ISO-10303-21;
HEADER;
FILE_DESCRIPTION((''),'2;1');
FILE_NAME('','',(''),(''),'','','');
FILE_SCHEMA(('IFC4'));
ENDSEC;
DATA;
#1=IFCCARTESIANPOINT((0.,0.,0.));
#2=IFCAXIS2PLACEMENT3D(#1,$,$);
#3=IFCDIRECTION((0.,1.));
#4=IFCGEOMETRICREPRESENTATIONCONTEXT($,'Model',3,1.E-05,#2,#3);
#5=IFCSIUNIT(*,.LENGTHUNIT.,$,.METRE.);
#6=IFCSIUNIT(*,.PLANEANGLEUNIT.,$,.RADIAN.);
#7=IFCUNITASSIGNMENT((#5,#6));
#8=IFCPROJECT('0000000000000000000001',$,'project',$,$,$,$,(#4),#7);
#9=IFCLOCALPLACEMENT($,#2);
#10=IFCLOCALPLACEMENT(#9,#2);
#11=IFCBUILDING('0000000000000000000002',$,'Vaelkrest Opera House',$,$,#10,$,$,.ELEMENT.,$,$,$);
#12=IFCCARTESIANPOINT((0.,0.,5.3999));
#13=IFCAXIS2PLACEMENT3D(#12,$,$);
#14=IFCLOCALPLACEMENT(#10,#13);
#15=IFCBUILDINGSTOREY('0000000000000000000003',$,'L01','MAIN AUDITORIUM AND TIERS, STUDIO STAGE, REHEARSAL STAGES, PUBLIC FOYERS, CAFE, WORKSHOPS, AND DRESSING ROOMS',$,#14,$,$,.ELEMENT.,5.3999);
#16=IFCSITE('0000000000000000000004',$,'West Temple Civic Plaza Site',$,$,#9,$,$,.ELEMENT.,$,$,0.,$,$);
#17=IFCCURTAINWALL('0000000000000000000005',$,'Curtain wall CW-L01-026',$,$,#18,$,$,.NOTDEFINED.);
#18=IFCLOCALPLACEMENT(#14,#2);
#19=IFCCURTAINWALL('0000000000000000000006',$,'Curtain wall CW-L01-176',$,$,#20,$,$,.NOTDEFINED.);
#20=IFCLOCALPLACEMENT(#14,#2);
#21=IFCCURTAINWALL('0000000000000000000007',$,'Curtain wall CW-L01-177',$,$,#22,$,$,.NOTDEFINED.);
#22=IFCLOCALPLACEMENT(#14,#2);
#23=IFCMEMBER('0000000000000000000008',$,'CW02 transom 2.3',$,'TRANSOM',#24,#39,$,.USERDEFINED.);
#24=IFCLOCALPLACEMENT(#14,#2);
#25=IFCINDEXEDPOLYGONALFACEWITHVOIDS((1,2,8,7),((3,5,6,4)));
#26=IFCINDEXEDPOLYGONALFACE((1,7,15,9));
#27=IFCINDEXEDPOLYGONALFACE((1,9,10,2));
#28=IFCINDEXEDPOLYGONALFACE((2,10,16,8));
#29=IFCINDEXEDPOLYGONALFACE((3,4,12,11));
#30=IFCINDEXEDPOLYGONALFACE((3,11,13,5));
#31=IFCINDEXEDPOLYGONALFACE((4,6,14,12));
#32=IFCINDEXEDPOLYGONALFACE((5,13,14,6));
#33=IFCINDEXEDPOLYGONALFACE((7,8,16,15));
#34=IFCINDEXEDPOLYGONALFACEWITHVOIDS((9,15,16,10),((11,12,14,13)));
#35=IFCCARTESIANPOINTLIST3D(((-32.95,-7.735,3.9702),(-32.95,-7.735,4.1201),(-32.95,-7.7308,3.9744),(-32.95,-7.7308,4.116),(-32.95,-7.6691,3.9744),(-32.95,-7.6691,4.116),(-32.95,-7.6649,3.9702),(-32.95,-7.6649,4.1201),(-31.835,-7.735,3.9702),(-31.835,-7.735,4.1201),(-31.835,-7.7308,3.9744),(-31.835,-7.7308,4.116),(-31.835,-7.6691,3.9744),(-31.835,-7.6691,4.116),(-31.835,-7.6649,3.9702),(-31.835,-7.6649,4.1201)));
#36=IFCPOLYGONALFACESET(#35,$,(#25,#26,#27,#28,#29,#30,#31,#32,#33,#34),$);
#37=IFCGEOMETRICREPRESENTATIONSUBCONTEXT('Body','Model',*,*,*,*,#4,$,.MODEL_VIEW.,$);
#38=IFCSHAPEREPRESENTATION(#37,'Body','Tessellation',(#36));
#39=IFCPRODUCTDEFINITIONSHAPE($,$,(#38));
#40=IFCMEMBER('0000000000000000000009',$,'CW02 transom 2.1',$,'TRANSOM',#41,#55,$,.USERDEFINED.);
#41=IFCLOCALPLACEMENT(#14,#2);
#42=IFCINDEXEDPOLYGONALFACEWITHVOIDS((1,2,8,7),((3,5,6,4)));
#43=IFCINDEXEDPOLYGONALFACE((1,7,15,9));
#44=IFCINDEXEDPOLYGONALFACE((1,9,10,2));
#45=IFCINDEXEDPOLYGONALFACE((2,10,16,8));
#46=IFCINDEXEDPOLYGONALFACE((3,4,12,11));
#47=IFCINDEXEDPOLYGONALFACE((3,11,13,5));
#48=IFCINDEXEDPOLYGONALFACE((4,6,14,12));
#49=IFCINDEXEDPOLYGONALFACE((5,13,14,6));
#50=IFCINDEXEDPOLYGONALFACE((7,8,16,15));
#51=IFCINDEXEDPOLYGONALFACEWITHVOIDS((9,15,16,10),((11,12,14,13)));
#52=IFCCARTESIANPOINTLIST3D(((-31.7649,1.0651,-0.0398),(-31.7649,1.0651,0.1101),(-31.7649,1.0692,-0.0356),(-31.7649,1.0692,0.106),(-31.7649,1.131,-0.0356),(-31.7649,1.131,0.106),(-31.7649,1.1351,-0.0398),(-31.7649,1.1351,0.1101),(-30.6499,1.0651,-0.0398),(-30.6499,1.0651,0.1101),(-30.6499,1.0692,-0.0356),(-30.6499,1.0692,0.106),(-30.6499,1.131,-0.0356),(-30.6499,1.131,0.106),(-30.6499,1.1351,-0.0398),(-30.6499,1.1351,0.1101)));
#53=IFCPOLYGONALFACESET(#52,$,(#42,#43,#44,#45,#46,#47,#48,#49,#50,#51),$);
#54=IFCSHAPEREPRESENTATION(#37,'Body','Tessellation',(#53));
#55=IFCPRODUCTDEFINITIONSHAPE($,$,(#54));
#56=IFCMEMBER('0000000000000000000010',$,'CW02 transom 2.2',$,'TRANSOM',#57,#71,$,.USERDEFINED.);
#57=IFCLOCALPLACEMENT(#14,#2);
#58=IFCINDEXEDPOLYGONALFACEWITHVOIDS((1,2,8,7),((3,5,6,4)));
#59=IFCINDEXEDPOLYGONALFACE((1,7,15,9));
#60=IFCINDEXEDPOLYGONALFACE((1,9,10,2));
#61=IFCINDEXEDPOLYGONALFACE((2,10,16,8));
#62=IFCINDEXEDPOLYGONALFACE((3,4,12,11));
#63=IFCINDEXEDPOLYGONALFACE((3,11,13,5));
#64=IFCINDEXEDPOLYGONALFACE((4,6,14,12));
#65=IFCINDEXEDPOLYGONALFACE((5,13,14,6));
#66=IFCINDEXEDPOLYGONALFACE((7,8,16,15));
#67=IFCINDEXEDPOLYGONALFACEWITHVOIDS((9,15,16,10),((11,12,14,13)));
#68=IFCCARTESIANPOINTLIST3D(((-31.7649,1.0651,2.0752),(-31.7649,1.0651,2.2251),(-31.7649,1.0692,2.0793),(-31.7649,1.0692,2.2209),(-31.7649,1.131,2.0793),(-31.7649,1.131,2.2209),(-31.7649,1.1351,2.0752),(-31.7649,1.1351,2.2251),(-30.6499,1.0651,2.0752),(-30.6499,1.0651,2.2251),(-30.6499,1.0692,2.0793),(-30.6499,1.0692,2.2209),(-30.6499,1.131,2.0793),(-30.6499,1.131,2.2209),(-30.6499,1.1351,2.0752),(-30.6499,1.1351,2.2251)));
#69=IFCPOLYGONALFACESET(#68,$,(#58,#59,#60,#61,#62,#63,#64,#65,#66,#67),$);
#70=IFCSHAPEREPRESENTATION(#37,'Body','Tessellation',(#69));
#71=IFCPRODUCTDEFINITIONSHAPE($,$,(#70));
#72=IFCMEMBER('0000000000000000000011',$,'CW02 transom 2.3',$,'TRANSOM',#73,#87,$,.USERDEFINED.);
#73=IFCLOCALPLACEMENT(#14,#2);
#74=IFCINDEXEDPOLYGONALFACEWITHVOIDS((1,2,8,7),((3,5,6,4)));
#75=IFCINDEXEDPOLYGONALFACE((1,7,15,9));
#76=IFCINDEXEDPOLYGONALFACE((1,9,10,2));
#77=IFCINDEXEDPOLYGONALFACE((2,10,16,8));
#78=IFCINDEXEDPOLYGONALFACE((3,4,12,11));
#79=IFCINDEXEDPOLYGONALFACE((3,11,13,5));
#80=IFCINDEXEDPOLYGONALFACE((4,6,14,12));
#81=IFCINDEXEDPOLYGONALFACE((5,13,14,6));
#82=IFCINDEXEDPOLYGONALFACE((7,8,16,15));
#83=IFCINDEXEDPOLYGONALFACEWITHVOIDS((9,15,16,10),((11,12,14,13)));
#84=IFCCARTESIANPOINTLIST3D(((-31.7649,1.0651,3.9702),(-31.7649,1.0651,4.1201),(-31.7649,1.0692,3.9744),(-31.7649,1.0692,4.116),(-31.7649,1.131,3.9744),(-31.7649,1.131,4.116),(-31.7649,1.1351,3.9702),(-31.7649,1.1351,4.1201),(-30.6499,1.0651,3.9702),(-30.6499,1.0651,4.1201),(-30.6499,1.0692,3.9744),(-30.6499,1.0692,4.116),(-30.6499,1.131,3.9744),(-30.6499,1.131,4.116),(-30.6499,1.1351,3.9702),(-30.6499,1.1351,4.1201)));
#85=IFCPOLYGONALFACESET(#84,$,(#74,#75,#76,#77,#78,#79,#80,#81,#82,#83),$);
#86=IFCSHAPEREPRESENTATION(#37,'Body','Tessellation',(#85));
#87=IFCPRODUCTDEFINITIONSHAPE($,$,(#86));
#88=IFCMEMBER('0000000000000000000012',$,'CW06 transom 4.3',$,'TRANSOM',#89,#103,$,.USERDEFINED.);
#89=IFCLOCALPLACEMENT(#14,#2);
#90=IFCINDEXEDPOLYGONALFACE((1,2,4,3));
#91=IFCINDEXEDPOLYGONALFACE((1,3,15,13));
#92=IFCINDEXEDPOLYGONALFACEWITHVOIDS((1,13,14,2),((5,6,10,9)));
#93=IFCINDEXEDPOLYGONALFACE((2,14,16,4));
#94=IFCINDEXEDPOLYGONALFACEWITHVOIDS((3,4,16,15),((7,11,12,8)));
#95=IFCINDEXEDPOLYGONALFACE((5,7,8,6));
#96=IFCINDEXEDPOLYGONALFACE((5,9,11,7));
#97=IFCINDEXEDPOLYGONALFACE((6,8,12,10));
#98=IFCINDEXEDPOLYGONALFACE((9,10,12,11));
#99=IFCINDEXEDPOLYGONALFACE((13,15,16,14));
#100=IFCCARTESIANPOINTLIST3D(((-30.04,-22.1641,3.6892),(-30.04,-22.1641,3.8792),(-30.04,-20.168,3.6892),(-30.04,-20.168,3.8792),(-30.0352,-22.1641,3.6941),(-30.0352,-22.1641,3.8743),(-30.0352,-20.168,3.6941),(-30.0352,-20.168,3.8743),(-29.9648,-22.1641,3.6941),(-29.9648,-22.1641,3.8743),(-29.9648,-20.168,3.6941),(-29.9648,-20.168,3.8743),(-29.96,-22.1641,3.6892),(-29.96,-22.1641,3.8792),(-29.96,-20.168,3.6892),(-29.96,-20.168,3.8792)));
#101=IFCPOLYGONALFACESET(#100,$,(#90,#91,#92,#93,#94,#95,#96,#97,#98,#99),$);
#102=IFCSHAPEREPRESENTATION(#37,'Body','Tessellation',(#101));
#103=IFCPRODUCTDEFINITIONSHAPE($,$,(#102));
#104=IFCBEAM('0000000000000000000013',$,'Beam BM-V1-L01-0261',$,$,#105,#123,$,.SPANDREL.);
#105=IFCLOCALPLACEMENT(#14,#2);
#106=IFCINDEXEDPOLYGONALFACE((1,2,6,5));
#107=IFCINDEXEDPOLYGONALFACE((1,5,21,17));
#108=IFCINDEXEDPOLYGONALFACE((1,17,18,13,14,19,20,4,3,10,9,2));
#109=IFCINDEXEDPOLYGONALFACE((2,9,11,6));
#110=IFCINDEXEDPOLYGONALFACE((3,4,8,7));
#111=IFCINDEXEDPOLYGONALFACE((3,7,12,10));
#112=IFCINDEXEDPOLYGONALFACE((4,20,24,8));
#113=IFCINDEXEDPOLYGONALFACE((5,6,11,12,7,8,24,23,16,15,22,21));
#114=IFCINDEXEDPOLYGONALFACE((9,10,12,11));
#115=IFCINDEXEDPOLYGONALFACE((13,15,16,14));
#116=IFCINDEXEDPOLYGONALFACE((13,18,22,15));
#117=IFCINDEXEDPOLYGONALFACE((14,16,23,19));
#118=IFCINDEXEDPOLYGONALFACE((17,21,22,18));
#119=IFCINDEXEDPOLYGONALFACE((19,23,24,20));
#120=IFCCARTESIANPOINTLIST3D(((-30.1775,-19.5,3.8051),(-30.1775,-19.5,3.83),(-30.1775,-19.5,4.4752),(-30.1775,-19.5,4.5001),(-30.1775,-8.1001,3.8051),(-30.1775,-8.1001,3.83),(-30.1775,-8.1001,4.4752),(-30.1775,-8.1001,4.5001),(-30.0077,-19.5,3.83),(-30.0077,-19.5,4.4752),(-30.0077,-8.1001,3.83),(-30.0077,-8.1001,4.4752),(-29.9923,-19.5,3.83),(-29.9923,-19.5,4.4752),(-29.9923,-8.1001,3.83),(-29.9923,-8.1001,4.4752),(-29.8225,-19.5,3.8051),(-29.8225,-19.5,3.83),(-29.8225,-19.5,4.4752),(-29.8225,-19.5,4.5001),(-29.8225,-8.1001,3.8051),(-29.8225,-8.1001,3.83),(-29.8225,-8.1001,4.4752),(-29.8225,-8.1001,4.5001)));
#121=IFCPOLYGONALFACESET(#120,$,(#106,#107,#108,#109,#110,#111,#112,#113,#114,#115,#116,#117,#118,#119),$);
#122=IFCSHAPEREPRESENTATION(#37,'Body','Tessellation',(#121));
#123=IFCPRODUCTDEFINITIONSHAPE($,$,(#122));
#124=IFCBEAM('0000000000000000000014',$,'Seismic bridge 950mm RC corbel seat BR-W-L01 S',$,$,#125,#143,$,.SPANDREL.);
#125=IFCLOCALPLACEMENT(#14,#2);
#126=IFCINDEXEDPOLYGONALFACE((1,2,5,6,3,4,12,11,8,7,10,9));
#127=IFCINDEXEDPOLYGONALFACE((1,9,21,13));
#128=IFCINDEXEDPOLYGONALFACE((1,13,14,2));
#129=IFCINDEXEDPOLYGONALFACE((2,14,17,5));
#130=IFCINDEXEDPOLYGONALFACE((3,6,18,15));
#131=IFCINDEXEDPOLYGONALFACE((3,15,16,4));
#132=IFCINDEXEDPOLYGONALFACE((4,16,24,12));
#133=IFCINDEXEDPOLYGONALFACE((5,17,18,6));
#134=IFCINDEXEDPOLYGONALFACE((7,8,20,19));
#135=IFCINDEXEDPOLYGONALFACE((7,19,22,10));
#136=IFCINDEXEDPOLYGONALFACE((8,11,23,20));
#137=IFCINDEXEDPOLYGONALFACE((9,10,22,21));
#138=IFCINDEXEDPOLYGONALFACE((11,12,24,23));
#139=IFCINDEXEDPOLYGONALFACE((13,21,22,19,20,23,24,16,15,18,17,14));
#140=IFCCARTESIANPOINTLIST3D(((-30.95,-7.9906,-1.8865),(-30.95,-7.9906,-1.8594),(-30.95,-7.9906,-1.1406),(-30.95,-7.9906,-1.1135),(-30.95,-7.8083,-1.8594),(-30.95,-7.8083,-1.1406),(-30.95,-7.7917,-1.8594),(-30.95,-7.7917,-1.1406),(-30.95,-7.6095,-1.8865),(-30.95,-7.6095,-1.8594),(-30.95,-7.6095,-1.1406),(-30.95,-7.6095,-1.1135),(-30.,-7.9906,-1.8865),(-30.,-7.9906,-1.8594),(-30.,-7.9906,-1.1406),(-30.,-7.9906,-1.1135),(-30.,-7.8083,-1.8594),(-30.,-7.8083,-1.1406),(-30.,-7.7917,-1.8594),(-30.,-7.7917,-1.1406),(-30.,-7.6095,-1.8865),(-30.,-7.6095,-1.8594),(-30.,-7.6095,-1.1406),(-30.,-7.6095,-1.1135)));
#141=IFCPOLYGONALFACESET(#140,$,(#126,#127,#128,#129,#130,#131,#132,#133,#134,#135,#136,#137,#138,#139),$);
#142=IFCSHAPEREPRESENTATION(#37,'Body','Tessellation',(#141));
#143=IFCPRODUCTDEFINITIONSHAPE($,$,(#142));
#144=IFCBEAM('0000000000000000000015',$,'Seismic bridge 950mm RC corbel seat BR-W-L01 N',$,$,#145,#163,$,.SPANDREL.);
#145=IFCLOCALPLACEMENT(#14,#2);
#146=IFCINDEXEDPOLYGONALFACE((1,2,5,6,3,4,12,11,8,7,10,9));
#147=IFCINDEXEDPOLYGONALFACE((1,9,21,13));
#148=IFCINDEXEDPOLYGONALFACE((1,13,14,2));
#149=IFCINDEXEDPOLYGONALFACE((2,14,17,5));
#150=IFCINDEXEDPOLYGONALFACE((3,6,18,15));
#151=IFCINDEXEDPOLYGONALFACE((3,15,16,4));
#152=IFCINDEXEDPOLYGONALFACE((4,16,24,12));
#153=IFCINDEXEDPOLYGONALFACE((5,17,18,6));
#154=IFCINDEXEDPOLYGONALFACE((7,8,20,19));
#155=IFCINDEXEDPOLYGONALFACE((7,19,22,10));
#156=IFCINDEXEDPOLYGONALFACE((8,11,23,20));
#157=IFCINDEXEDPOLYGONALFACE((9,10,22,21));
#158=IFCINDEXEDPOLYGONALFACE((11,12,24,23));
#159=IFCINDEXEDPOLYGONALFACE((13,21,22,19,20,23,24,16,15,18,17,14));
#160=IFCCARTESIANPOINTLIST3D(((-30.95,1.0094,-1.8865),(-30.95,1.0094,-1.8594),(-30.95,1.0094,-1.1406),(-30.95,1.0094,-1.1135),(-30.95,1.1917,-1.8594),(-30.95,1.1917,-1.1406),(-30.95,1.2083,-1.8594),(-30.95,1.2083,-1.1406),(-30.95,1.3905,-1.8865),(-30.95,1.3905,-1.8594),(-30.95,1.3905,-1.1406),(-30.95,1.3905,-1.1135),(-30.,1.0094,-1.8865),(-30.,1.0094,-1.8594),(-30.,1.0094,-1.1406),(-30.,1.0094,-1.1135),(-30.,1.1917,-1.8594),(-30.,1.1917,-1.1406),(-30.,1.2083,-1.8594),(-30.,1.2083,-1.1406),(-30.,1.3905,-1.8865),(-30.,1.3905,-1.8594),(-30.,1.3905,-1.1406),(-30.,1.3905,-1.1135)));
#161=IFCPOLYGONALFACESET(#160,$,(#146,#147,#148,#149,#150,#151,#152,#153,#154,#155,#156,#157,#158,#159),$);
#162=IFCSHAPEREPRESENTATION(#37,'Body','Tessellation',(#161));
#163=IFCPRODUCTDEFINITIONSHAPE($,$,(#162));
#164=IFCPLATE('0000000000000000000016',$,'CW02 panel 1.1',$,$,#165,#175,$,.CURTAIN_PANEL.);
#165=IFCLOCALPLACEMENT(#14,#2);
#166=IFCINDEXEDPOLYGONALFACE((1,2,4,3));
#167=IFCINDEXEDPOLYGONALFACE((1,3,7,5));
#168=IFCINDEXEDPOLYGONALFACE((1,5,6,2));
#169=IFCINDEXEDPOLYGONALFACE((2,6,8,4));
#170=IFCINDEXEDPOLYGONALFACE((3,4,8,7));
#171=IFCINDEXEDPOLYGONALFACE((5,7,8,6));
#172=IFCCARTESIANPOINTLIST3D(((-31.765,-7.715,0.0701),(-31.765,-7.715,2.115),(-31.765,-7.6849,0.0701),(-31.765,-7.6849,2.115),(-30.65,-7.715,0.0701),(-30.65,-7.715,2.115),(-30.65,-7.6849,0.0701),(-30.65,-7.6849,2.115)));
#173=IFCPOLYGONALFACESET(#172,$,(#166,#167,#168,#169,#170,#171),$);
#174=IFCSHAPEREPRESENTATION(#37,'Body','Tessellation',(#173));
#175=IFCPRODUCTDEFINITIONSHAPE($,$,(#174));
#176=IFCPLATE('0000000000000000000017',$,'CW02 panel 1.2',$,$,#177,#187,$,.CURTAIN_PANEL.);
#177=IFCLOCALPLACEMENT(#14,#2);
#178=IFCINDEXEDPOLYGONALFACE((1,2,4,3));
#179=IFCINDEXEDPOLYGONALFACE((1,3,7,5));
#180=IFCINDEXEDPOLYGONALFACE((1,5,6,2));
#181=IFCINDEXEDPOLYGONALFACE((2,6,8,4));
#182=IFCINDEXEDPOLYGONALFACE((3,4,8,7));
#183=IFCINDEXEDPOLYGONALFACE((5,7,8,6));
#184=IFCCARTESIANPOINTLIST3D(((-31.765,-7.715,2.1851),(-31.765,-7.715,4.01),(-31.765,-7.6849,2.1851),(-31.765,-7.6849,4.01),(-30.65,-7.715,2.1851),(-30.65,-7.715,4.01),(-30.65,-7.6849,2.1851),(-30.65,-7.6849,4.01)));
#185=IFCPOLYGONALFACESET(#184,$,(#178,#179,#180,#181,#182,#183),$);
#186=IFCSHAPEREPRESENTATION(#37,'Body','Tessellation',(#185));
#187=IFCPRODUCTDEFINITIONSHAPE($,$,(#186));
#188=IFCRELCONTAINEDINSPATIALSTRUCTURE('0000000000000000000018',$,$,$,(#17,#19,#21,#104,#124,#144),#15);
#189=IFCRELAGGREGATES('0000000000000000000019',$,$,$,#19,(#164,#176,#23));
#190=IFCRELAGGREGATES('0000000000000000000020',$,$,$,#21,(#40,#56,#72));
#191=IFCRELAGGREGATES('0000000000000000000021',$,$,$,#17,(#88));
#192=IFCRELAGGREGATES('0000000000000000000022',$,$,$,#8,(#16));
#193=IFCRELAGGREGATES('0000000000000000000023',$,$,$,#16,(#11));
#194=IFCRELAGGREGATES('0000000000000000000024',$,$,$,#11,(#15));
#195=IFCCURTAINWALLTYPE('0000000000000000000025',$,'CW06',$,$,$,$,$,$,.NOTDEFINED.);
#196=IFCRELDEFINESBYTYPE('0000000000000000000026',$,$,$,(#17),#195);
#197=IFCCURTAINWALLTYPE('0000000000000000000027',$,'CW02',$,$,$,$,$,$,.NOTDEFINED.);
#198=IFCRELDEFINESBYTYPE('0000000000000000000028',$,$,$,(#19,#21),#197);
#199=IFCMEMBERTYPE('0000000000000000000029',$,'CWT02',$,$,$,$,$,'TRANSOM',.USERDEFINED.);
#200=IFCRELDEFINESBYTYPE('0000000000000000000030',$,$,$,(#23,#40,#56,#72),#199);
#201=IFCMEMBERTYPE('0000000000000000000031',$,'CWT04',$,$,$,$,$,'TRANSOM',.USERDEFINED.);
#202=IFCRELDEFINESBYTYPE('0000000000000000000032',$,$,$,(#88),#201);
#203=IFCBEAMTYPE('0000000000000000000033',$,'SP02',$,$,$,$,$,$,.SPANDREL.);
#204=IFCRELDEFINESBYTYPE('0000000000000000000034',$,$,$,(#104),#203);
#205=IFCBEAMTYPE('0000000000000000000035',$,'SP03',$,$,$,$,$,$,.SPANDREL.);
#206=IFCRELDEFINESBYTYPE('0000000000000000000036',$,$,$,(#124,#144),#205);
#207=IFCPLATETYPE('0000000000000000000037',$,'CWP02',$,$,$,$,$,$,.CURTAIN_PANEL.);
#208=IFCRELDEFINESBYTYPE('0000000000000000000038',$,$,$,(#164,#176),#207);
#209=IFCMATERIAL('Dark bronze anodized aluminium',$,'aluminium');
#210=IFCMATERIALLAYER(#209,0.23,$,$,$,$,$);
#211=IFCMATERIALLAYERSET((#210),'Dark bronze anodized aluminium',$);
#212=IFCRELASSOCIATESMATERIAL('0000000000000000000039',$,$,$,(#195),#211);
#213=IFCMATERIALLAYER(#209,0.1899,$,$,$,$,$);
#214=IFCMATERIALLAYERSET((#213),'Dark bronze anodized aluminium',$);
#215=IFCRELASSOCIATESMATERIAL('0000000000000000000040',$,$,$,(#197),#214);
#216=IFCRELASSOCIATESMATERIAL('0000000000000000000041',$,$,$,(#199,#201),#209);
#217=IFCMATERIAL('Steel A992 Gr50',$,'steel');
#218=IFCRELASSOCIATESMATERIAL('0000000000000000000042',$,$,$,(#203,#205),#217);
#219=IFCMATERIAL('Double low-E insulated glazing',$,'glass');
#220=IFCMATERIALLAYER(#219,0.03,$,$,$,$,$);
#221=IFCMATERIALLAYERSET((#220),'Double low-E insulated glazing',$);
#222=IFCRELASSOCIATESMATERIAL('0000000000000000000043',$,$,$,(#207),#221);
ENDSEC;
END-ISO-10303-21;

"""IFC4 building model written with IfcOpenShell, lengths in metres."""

from ifc_helpers import new_model, si_unit, direction, frame, origin, origin_2d, place, context, subcontext, project, spatial, rectangle, hollow_rectangle, i_section, extrude, material, layer, layer_set, material_profile, profile_set, type_object, element, aggregate, save


model = new_model("IFC4")

# Units and contexts
model_context = context("Model", 3, precision=1e-05, world=origin(), true_north=direction((0.0, 1.0)))
body_context = subcontext(model_context, "Body", "Model", "MODEL_VIEW")
ifc_project = project(units=[si_unit("LENGTHUNIT", "METRE"), si_unit("PLANEANGLEUNIT", "RADIAN")], contexts=[model_context])

# Site, building, storey
site_placement = place(None, origin())
site = spatial("IfcSite", under=ifc_project, at=site_placement, Name="West Temple Civic Plaza Site", CompositionType="ELEMENT", RefElevation=0.0)
building_placement = place(site_placement, origin())
building = spatial("IfcBuilding", under=site, at=building_placement, Name="Vaelkrest Opera House", CompositionType="ELEMENT")
storey_placement = place(building_placement, frame((0.0, 0.0, 5.3999)))
storey = spatial("IfcBuildingStorey", under=building, at=storey_placement, Name="L01", Description="MAIN AUDITORIUM AND TIERS, STUDIO STAGE, REHEARSAL STAGES, PUBLIC FOYERS, CAFE, WORKSHOPS, AND DRESSING ROOMS", CompositionType="ELEMENT", Elevation=5.3999)

# Curtain wall
ifc_material_1 = material(Name="Dark bronze anodized aluminium", Category="aluminium")
ifc_layer_1 = layer(ifc_material_1, 0.23)
ifc_layer_set_1 = layer_set([ifc_layer_1], Name="Dark bronze anodized aluminium")
curtain_wall_type_1 = type_object("IfcCurtainWallType", Name="CW06", PredefinedType="NOTDEFINED", material=ifc_layer_set_1)
curtain_wall_1_placement = place(storey_placement, origin())
curtain_wall_1 = element("IfcCurtainWall", 1, at=curtain_wall_1_placement, inside=storey, type_object=curtain_wall_type_1, Name="Curtain wall CW-L01-026", PredefinedType="NOTDEFINED")

# Curtain walls
ifc_layer_2 = layer(ifc_material_1, 0.1899)
ifc_layer_set_2 = layer_set([ifc_layer_2], Name="Dark bronze anodized aluminium")
curtain_wall_type_2 = type_object("IfcCurtainWallType", Name="CW02", PredefinedType="NOTDEFINED", material=ifc_layer_set_2)
curtain_wall_2_placement = place(storey_placement, origin())
curtain_wall_2 = element("IfcCurtainWall", 2, at=curtain_wall_2_placement, inside=storey, type_object=curtain_wall_type_2, Name="Curtain wall CW-L01-176", PredefinedType="NOTDEFINED")
curtain_wall_3_placement = place(storey_placement, origin())
curtain_wall_3 = element("IfcCurtainWall", 3, at=curtain_wall_3_placement, inside=storey, type_object=curtain_wall_type_2, Name="Curtain wall CW-L01-177", PredefinedType="NOTDEFINED")

# Members
ifc_material_profile_1 = material_profile(ifc_material_1, hollow_rectangle(XDim=0.0701, YDim=0.1499, WallThickness=0.0042, at=origin_2d()), Name="CWT70X150")
ifc_profile_set_1 = profile_set([ifc_material_profile_1], Name="Dark bronze anodized aluminium")
member_type_1 = type_object("IfcMemberType", Name="CWT02", ElementType="TRANSOM", PredefinedType="USERDEFINED", material=ifc_profile_set_1)
member_1_placement = place(storey_placement, frame((-31.835, -7.7, 4.0452), z_axis=(-1.0, 0.0, 0.0), x_axis=(0.0, -1.0, 0.0)))
member_1 = element("IfcMember", 4, at=member_1_placement, type_object=member_type_1, Name="CW02 transom 2.3", ObjectType="TRANSOM", PredefinedType="USERDEFINED", context=body_context, shape_type="SweptSolid", body=[
    extrude(hollow_rectangle(XDim=0.0701, YDim=0.1499, WallThickness=0.0042, at=origin_2d()), origin(), (0.0, 0.0, 1.0), 1.115),
])
member_2_placement = place(storey_placement, frame((-31.7649, 1.1001, 0.0352), z_axis=(1.0, 0.0, 0.0), x_axis=(0.0, 1.0, 0.0)))
member_2 = element("IfcMember", 5, at=member_2_placement, type_object=member_type_1, Name="CW02 transom 2.1", ObjectType="TRANSOM", PredefinedType="USERDEFINED", context=body_context, shape_type="SweptSolid", body=[
    extrude(hollow_rectangle(XDim=0.0701, YDim=0.1499, WallThickness=0.0042, at=origin_2d()), origin(), (0.0, 0.0, 1.0), 1.115),
])
member_3_placement = place(storey_placement, frame((-31.7649, 1.1001, 2.1501), z_axis=(1.0, 0.0, 0.0), x_axis=(0.0, 1.0, 0.0)))
member_3 = element("IfcMember", 6, at=member_3_placement, type_object=member_type_1, Name="CW02 transom 2.2", ObjectType="TRANSOM", PredefinedType="USERDEFINED", context=body_context, shape_type="SweptSolid", body=[
    extrude(hollow_rectangle(XDim=0.0701, YDim=0.1499, WallThickness=0.0042, at=origin_2d()), origin(), (0.0, 0.0, 1.0), 1.115),
])
member_4_placement = place(storey_placement, frame((-31.7649, 1.1001, 4.0452), z_axis=(1.0, 0.0, 0.0), x_axis=(0.0, 1.0, 0.0)))
member_4 = element("IfcMember", 7, at=member_4_placement, type_object=member_type_1, Name="CW02 transom 2.3", ObjectType="TRANSOM", PredefinedType="USERDEFINED", context=body_context, shape_type="SweptSolid", body=[
    extrude(hollow_rectangle(XDim=0.0701, YDim=0.1499, WallThickness=0.0042, at=origin_2d()), origin(), (0.0, 0.0, 1.0), 1.115),
])
ifc_material_profile_2 = material_profile(ifc_material_1, hollow_rectangle(XDim=0.0801, YDim=0.1899, WallThickness=0.0049, at=origin_2d()), Name="CWT80X190")
ifc_profile_set_2 = profile_set([ifc_material_profile_2], Name="Dark bronze anodized aluminium")
member_type_2 = type_object("IfcMemberType", Name="CWT04", ElementType="TRANSOM", PredefinedType="USERDEFINED", material=ifc_profile_set_2)
member_5_placement = place(storey_placement, frame((-30.0, -22.1641, 3.7842), z_axis=(0.0, 1.0, 0.0), x_axis=(-1.0, 0.0, 0.0)))
member_5 = element("IfcMember", 8, at=member_5_placement, type_object=member_type_2, Name="CW06 transom 4.3", ObjectType="TRANSOM", PredefinedType="USERDEFINED", context=body_context, shape_type="SweptSolid", body=[
    extrude(hollow_rectangle(XDim=0.0801, YDim=0.1899, WallThickness=0.0049, at=origin_2d()), origin(), (0.0, 0.0, 1.0), 1.9961),
])

# Beams
ifc_material_2 = material(Name="Steel A992 Gr50", Category="steel")
ifc_material_profile_3 = material_profile(ifc_material_2, i_section(OverallWidth=0.355, OverallDepth=0.6951, WebThickness=0.0154, FlangeThickness=0.0249, at=origin_2d()), Name="W27X146")
ifc_profile_set_3 = profile_set([ifc_material_profile_3], Name="Steel A992 Gr50")
beam_type_1 = type_object("IfcBeamType", Name="SP02", PredefinedType="SPANDREL", material=ifc_profile_set_3)
beam_placement = place(storey_placement, frame((-30.0, -19.5, 4.1526), z_axis=(0.0, 1.0, 0.0), x_axis=(-1.0, 0.0, 0.0)))
element("IfcBeam", 9, at=beam_placement, inside=storey, type_object=beam_type_1, Name="Beam BM-V1-L01-0261", PredefinedType="SPANDREL", context=body_context, shape_type="SweptSolid", body=[
    extrude(i_section(OverallWidth=0.355, OverallDepth=0.6951, WebThickness=0.0154, FlangeThickness=0.0249, at=origin_2d()), origin(), (0.0, 0.0, 1.0), 11.3999),
])
ifc_material_profile_4 = material_profile(ifc_material_2, i_section(OverallWidth=0.3811, OverallDepth=0.7729, WebThickness=0.0166, FlangeThickness=0.0271, at=origin_2d()), Name="W30X173")
ifc_profile_set_4 = profile_set([ifc_material_profile_4], Name="Steel A992 Gr50")
beam_type_2 = type_object("IfcBeamType", Name="SP03", PredefinedType="SPANDREL", material=ifc_profile_set_4)
for number, where, z_axis, x_axis, name in (
    (10, (-30.95, -7.8, -1.5), (1.0, 0.0, 0.0), (0.0, 1.0, 0.0), "Seismic bridge 950mm RC corbel seat BR-W-L01 S"),
    (11, (-30.95, 1.2, -1.5), (1.0, 0.0, 0.0), (0.0, 1.0, 0.0), "Seismic bridge 950mm RC corbel seat BR-W-L01 N"),
):
    element("IfcBeam", number, at=place(storey_placement, frame(where, z_axis=z_axis, x_axis=x_axis)), inside=storey, type_object=beam_type_2, Name=name, PredefinedType="SPANDREL", context=body_context, shape_type="SweptSolid", body=[
        extrude(i_section(OverallWidth=0.3811, OverallDepth=0.7729, WebThickness=0.0166, FlangeThickness=0.0271, at=origin_2d()), origin(), (0.0, 0.0, 1.0), 0.95),
    ])

# Plates
ifc_material_3 = material(Name="Double low-E insulated glazing", Category="glass")
ifc_layer_3 = layer(ifc_material_3, 0.03)
ifc_layer_set_3 = layer_set([ifc_layer_3], Name="Double low-E insulated glazing")
plate_type_1 = type_object("IfcPlateType", Name="CWP02", PredefinedType="CURTAIN_PANEL", material=ifc_layer_set_3)
plate_1_placement = place(storey_placement, frame((-31.2075, -7.7, 0.0701), z_axis=(0.0, 0.0, 1.0), x_axis=(-1.0, 0.0, 0.0)))
plate_1 = element("IfcPlate", 12, at=plate_1_placement, type_object=plate_type_1, Name="CW02 panel 1.1", PredefinedType="CURTAIN_PANEL", context=body_context, shape_type="SweptSolid", body=[
    extrude(rectangle(XDim=1.115, YDim=0.03, at=origin_2d()), origin(), (0.0, 0.0, 1.0), 2.0449),
])
plate_2_placement = place(storey_placement, frame((-31.2075, -7.7, 2.1851), z_axis=(0.0, 0.0, 1.0), x_axis=(-1.0, 0.0, 0.0)))
plate_2 = element("IfcPlate", 13, at=plate_2_placement, type_object=plate_type_1, Name="CW02 panel 1.2", PredefinedType="CURTAIN_PANEL", context=body_context, shape_type="SweptSolid", body=[
    extrude(rectangle(XDim=1.115, YDim=0.03, at=origin_2d()), origin(), (0.0, 0.0, 1.0), 1.825),
])
aggregate(curtain_wall_2, [plate_1, plate_2, member_1])
aggregate(curtain_wall_3, [member_2, member_3, member_4])
aggregate(curtain_wall_1, [member_5])

save(model, "model.ifc")
